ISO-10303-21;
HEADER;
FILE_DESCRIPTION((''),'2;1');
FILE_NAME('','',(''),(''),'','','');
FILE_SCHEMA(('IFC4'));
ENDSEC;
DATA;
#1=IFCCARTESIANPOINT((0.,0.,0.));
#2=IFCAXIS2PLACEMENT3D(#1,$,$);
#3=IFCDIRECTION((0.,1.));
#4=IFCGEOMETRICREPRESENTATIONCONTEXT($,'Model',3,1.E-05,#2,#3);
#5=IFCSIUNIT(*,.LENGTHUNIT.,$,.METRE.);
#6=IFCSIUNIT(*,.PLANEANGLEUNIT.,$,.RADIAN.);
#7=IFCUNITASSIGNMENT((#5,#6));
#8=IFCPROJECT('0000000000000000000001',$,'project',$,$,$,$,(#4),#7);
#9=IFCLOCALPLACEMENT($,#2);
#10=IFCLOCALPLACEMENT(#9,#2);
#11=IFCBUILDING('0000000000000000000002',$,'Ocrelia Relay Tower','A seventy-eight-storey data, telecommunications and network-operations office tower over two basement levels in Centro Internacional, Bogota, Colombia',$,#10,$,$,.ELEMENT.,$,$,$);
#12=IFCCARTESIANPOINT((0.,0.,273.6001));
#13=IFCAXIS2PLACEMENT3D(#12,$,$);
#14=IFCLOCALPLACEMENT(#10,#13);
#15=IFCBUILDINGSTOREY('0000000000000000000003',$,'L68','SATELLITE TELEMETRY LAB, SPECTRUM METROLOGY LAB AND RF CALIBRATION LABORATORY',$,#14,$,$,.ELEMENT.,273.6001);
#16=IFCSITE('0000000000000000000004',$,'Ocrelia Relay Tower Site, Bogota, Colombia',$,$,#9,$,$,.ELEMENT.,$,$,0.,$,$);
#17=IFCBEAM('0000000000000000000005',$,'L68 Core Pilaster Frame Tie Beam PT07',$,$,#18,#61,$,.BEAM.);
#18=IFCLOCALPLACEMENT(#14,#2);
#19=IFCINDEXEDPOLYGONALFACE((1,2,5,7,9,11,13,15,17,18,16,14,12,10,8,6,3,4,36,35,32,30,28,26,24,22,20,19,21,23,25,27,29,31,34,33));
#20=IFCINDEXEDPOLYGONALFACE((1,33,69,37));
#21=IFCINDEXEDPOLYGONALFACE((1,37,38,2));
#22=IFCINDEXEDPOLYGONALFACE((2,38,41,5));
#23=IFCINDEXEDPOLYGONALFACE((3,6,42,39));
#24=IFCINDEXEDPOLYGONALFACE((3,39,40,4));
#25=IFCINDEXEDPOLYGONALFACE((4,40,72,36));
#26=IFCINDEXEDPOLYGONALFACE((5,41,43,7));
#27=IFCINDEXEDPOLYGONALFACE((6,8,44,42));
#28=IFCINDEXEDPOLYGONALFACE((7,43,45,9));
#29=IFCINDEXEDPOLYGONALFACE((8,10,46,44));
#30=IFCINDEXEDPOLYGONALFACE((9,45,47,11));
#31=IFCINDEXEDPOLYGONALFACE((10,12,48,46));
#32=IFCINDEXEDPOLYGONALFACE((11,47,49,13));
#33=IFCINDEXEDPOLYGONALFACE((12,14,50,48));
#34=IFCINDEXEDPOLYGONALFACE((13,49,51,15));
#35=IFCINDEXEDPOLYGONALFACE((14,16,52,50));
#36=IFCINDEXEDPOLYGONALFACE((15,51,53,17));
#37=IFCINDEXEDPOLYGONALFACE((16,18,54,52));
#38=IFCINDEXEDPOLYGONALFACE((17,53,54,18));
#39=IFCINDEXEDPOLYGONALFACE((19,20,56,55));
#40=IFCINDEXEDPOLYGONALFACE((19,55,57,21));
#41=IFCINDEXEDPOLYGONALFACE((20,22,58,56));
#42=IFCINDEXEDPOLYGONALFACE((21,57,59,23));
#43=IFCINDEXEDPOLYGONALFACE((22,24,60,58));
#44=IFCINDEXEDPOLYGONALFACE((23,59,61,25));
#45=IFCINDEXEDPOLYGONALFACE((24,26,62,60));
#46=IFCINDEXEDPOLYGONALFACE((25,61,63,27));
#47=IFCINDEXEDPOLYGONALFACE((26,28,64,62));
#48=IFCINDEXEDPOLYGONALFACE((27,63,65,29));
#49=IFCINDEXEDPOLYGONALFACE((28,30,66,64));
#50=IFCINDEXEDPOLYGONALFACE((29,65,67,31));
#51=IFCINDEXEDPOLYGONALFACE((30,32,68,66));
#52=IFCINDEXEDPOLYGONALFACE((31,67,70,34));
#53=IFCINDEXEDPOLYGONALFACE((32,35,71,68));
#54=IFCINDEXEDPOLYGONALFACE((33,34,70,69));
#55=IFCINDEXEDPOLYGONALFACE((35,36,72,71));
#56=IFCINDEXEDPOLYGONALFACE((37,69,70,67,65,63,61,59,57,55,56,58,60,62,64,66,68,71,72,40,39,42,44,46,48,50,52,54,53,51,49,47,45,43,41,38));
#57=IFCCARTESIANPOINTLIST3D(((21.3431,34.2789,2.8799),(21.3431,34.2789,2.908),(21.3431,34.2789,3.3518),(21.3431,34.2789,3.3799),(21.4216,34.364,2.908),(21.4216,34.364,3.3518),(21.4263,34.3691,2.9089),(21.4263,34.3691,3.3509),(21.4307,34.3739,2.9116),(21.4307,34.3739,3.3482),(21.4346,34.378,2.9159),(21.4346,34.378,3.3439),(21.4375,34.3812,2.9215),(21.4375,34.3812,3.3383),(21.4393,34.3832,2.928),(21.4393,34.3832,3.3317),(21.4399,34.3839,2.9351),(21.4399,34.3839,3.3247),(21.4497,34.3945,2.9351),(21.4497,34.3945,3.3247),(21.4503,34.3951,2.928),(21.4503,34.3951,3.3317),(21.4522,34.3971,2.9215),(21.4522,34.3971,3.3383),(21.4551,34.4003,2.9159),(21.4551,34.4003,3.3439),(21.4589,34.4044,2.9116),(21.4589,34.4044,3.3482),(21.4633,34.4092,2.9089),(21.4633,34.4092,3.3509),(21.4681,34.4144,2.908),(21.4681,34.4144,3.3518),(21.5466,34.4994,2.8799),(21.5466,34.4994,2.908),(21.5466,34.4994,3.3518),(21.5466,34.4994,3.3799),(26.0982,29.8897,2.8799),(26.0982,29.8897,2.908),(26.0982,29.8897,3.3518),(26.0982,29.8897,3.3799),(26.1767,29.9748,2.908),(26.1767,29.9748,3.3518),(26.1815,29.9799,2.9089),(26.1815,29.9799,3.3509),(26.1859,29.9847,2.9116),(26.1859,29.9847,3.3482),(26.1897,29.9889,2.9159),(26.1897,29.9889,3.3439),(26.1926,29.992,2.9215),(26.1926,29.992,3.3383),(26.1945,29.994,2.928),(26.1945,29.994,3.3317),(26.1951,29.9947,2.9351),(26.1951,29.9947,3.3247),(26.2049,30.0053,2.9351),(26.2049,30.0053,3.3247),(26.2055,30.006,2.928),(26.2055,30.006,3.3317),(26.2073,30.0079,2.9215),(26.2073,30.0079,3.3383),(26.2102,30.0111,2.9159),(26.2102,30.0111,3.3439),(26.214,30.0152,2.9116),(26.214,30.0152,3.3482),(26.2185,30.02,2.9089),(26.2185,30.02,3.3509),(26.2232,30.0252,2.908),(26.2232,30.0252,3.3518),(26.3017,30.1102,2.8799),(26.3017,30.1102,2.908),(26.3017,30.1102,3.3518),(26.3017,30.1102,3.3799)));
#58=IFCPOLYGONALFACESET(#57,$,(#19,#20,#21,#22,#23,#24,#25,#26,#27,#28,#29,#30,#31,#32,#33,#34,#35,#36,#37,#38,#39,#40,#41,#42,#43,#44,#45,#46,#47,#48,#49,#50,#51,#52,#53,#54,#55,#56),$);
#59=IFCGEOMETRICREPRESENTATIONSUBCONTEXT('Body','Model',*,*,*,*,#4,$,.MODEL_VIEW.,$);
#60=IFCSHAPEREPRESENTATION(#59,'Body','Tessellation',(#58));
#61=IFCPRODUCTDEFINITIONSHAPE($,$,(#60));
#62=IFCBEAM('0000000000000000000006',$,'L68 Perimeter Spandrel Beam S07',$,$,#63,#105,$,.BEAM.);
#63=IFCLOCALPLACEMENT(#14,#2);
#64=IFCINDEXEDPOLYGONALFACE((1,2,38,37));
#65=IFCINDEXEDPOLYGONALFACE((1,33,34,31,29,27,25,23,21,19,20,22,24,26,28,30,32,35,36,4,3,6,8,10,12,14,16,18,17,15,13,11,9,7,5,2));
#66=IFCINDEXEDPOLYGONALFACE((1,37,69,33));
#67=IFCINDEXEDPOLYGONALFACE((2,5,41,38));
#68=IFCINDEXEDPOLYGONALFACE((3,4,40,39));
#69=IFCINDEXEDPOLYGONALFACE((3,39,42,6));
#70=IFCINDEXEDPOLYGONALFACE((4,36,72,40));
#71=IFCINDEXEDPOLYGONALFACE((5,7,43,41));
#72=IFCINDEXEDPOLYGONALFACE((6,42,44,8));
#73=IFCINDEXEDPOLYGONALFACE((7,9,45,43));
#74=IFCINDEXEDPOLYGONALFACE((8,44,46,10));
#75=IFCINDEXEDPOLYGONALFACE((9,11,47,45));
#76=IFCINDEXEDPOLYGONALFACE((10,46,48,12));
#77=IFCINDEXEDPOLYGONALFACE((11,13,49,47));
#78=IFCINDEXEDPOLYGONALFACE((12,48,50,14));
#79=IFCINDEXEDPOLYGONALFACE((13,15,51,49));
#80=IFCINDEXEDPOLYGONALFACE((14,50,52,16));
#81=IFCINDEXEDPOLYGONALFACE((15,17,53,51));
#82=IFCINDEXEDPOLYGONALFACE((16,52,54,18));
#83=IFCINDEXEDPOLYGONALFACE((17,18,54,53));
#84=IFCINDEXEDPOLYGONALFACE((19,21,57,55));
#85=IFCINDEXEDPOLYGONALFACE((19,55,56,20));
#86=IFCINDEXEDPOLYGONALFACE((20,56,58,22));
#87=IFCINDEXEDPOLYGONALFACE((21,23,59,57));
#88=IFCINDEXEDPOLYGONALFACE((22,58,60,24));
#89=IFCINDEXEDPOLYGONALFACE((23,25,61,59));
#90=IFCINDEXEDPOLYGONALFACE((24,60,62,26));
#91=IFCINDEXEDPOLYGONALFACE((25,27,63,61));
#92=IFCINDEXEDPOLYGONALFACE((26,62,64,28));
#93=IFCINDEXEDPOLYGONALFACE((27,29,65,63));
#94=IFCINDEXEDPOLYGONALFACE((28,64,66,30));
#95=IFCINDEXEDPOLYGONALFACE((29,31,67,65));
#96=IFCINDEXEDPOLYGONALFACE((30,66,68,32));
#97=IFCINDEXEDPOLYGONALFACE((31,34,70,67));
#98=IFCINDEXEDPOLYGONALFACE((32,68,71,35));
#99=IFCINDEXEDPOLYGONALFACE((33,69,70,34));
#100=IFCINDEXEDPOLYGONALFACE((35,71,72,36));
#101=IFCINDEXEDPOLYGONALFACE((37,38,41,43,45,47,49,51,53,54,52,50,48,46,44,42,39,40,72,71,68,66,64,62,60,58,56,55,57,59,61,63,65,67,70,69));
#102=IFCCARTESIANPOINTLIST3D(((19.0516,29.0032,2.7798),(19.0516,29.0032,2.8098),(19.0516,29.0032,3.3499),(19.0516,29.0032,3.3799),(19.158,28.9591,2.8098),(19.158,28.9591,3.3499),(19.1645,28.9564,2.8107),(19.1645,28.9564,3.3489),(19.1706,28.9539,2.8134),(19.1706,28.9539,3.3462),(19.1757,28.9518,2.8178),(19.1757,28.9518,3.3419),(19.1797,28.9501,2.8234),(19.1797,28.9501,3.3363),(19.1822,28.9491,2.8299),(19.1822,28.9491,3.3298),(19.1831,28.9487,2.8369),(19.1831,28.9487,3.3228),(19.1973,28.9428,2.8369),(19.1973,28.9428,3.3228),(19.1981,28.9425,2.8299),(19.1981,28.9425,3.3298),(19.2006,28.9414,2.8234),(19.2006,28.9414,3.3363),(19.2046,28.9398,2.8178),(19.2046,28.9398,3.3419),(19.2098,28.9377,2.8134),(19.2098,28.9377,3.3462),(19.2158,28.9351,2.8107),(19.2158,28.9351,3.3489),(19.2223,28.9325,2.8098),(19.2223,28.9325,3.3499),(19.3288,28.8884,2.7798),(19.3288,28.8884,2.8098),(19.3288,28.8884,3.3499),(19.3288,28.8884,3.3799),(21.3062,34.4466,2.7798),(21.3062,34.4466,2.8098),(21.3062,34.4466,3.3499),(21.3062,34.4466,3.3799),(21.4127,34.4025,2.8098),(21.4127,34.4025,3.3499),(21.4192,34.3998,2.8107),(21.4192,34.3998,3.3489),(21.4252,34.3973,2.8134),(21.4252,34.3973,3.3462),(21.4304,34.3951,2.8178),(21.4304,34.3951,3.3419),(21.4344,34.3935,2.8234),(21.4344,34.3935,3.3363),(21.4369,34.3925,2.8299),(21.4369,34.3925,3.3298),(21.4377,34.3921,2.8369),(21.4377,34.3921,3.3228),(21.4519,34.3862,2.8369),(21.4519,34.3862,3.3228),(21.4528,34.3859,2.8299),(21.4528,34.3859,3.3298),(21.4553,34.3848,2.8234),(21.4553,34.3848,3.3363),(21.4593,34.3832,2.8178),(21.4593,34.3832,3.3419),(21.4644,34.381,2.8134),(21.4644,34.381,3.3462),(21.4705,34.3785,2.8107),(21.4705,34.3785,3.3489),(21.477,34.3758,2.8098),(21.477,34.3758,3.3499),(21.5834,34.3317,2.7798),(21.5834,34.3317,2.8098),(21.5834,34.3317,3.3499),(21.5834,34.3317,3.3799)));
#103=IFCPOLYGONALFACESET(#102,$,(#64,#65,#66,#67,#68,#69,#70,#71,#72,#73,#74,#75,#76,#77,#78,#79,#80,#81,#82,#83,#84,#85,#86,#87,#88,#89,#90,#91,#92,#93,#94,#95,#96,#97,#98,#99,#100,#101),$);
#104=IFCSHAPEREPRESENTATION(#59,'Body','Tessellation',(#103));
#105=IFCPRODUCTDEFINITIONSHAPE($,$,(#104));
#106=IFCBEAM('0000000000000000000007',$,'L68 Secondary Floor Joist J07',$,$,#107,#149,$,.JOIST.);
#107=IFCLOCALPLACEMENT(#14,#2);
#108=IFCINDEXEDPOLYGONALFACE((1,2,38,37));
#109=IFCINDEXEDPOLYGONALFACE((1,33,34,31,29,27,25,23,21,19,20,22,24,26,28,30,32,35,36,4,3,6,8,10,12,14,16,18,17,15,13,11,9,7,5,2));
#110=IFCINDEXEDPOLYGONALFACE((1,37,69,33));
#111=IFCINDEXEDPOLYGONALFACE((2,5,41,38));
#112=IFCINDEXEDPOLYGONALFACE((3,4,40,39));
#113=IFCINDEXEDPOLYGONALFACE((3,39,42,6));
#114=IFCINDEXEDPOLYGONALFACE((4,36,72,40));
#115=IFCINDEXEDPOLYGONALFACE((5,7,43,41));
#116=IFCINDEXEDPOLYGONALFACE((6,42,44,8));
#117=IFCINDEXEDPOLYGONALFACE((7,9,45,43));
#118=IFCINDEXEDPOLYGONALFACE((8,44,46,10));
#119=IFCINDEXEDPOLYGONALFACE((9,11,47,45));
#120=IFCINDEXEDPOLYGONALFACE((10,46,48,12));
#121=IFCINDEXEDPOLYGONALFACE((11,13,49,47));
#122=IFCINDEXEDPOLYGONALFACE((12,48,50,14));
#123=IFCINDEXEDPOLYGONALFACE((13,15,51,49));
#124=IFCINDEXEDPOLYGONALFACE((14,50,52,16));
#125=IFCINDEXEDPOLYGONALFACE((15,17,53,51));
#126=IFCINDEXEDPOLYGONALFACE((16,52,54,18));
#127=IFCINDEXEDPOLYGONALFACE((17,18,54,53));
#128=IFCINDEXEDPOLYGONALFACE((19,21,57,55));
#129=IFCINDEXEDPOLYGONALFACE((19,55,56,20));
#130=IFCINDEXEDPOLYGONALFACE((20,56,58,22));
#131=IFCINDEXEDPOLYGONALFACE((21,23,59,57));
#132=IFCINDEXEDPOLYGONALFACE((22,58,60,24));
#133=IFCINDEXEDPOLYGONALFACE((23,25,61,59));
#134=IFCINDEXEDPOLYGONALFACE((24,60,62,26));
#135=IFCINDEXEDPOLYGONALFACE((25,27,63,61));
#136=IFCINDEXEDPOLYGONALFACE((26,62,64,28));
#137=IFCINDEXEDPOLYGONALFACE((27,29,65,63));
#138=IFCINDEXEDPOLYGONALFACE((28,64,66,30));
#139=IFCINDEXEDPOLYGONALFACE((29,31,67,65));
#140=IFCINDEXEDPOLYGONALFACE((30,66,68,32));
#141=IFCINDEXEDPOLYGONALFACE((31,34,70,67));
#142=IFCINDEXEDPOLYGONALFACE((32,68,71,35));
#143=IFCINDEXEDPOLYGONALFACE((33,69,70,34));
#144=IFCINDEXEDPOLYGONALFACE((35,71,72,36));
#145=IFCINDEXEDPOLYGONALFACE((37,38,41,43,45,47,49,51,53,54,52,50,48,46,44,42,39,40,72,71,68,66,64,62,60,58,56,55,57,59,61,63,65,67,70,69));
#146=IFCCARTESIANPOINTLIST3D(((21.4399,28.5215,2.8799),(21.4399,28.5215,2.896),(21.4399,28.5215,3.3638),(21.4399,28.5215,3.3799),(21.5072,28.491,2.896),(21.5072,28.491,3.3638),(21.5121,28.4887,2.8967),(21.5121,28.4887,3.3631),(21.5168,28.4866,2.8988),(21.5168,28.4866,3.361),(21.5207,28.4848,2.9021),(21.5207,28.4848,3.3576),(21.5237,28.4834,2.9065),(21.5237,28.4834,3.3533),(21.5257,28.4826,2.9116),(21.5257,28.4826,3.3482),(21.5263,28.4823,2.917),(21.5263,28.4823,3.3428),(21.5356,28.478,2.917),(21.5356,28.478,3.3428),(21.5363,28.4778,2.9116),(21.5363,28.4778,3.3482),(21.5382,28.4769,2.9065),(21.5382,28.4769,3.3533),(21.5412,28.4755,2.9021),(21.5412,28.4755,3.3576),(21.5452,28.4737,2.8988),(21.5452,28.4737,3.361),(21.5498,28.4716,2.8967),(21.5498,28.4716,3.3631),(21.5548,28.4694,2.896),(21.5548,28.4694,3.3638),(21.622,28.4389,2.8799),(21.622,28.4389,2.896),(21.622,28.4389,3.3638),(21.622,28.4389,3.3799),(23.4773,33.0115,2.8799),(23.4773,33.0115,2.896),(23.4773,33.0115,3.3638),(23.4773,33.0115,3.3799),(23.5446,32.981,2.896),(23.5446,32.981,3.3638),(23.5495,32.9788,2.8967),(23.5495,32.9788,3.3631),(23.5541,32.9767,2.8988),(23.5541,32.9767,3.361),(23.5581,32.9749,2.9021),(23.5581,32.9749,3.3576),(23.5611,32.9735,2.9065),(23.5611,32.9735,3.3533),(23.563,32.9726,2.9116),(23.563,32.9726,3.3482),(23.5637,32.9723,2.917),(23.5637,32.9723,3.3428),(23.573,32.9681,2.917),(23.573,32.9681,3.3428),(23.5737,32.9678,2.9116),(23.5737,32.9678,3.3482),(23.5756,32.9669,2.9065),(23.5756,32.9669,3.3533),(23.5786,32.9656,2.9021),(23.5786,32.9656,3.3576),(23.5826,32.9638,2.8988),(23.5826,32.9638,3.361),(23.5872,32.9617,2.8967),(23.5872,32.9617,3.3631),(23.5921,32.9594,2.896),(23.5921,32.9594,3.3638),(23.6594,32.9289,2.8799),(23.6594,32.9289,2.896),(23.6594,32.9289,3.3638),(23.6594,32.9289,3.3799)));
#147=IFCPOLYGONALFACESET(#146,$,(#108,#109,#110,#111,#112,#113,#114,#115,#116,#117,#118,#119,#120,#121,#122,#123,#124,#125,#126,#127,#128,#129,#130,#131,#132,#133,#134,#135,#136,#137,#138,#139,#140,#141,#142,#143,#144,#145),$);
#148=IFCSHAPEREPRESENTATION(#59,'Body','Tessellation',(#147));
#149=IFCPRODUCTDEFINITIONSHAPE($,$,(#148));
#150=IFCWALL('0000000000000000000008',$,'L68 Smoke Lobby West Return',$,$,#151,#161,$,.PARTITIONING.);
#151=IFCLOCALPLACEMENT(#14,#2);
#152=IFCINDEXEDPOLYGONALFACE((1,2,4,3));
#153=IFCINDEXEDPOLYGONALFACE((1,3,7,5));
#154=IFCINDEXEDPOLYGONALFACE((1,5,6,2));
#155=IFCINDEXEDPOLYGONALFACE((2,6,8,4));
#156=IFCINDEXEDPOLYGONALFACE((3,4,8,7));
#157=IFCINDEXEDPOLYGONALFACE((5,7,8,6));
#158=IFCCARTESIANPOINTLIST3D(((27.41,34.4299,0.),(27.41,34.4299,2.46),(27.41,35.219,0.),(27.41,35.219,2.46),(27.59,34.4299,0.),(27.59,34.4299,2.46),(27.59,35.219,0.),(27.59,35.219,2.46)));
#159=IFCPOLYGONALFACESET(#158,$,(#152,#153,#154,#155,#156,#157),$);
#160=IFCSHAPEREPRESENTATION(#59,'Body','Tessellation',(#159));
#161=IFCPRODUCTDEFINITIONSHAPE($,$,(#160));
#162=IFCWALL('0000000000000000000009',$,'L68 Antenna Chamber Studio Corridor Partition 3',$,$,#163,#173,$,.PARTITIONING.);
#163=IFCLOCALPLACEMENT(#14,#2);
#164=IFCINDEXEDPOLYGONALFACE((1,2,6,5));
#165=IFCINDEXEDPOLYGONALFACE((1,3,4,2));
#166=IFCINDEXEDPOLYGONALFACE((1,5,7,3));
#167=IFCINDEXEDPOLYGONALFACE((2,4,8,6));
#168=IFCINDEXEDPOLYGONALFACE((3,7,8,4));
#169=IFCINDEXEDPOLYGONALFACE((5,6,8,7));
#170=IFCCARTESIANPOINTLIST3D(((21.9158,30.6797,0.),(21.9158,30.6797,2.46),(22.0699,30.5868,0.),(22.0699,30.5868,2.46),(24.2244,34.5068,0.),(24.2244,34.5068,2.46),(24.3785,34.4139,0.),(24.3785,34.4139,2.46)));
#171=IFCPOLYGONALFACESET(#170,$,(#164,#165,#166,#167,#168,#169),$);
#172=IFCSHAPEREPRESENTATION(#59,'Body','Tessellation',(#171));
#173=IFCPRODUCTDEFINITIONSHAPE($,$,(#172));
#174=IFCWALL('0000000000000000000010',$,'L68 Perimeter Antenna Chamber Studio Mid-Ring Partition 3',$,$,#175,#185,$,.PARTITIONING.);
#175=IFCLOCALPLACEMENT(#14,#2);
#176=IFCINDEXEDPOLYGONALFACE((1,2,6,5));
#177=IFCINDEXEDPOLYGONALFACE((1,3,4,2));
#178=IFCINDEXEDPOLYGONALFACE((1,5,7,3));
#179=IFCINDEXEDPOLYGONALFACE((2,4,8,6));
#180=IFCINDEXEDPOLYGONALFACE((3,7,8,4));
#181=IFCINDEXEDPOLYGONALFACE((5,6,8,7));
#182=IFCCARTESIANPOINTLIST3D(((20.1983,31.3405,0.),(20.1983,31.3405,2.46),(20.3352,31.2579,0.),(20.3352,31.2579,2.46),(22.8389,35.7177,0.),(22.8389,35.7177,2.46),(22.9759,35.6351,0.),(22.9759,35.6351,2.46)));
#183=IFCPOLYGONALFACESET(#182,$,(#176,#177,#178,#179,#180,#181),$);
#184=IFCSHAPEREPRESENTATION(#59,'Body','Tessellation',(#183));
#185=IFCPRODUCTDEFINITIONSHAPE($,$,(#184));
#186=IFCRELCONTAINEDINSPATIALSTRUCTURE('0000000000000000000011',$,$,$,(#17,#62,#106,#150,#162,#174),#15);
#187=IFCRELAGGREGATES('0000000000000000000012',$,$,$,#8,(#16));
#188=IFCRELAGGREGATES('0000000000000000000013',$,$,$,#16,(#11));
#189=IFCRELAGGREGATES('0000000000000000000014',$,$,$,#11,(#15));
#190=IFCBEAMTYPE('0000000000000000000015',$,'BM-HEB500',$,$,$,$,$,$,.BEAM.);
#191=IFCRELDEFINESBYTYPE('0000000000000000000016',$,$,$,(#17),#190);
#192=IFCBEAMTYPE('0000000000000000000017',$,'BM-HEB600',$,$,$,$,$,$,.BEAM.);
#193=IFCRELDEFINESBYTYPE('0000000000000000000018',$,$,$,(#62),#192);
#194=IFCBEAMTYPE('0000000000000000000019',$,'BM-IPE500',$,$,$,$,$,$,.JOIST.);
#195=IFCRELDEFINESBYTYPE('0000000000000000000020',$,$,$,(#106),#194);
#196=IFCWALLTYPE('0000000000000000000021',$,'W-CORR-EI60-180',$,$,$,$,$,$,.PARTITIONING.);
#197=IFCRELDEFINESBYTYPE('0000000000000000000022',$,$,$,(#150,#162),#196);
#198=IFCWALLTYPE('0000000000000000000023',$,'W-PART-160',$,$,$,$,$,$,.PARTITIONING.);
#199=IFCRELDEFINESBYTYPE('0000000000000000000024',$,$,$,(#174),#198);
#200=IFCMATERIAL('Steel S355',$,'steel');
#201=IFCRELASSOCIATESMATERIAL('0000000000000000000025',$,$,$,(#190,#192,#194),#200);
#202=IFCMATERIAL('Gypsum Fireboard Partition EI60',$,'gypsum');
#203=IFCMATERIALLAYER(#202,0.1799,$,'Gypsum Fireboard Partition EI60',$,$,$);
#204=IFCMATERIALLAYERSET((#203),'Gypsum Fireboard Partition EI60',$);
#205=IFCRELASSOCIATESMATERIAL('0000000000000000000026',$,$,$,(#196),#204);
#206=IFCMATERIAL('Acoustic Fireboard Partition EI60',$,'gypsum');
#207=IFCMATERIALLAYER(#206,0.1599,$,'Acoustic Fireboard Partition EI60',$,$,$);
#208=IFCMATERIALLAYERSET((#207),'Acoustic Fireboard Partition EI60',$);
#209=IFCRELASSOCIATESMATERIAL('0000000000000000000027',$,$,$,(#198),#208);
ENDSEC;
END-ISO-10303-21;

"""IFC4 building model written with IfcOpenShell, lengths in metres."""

from ifc_helpers import new_model, si_unit, direction, frame, frame_2d, origin, origin_2d, place, context, subcontext, project, spatial, rectangle, i_section, extrude, material, layer, layer_set, material_profile, profile_set, type_object, element, save


model = new_model("IFC4")

# Units and contexts
model_context = context("Model", 3, precision=1e-05, world=origin(), true_north=direction((0.0, 1.0)))
body_context = subcontext(model_context, "Body", "Model", "MODEL_VIEW")
ifc_project = project(units=[si_unit("LENGTHUNIT", "METRE"), si_unit("PLANEANGLEUNIT", "RADIAN")], contexts=[model_context])

# Site, building, storey
site_placement = place(None, origin())
site = spatial("IfcSite", under=ifc_project, at=site_placement, Name="Ocrelia Relay Tower Site, Bogota, Colombia", CompositionType="ELEMENT", RefElevation=0.0)
building_placement = place(site_placement, origin())
building = spatial("IfcBuilding", under=site, at=building_placement, Name="Ocrelia Relay Tower", Description="A seventy-eight-storey data, telecommunications and network-operations office tower over two basement levels in Centro Internacional, Bogota, Colombia", CompositionType="ELEMENT")
storey_placement = place(building_placement, frame((0.0, 0.0, 273.6001)))
storey = spatial("IfcBuildingStorey", under=building, at=storey_placement, Name="L68", Description="SATELLITE TELEMETRY LAB, SPECTRUM METROLOGY LAB AND RF CALIBRATION LABORATORY", CompositionType="ELEMENT", Elevation=273.6001)

# Beams
ifc_material_1 = material(Name="Steel S355", Category="steel")
ifc_material_profile_1 = material_profile(ifc_material_1, i_section(OverallWidth=0.3, OverallDepth=0.5, WebThickness=0.0144, FlangeThickness=0.0281, FilletRadius=0.0271, at=origin_2d()), Name="HEB 500")
ifc_profile_set_1 = profile_set([ifc_material_profile_1], Name="Steel S355")
beam_type_1 = type_object("IfcBeamType", Name="BM-HEB500", PredefinedType="BEAM", material=ifc_profile_set_1)
beam_1_placement = place(storey_placement, frame((21.4448, 34.3892, 3.1299), z_axis=(0.734818, -0.678264, 0.0), x_axis=(0.678264, 0.734818, 0.0)))
element("IfcBeam", 1, at=beam_1_placement, inside=storey, type_object=beam_type_1, Name="L68 Core Pilaster Frame Tie Beam PT07", PredefinedType="BEAM", context=body_context, shape_type="SweptSolid", body=[
    extrude(i_section(OverallWidth=0.3, OverallDepth=0.5, WebThickness=0.0144, FlangeThickness=0.0281, FilletRadius=0.0271, at=origin_2d()), origin(), (0.0, 0.0, 1.0), 6.4712),
])
ifc_material_profile_2 = material_profile(ifc_material_1, i_section(OverallWidth=0.3, OverallDepth=0.6001, WebThickness=0.0154, FlangeThickness=0.03, FilletRadius=0.0271, at=origin_2d()), Name="HEB 600")
ifc_profile_set_2 = profile_set([ifc_material_profile_2], Name="Steel S355")
beam_type_2 = type_object("IfcBeamType", Name="BM-HEB600", PredefinedType="BEAM", material=ifc_profile_set_2)
beam_2_placement = place(storey_placement, frame((21.4448, 34.3892, 3.0798), z_axis=(-0.382673, -0.923884, 0.0), x_axis=(0.923884, -0.382673, 0.0)))
element("IfcBeam", 2, at=beam_2_placement, inside=storey, type_object=beam_type_2, Name="L68 Perimeter Spandrel Beam S07", PredefinedType="BEAM", context=body_context, shape_type="SweptSolid", body=[
    extrude(i_section(OverallWidth=0.3, OverallDepth=0.6001, WebThickness=0.0154, FlangeThickness=0.03, FilletRadius=0.0271, at=origin_2d()), origin(), (0.0, 0.0, 1.0), 5.8918),
])
ifc_material_profile_3 = material_profile(ifc_material_1, i_section(OverallWidth=0.2, OverallDepth=0.5, WebThickness=0.0103, FlangeThickness=0.0161, FilletRadius=0.021, at=origin_2d()), Name="IPE 500")
ifc_profile_set_3 = profile_set([ifc_material_profile_3], Name="Steel S355")
beam_type_3 = type_object("IfcBeamType", Name="BM-IPE500", PredefinedType="JOIST", material=ifc_profile_set_3)
beam_3_placement = place(storey_placement, frame((23.5684, 32.9702, 3.1299), z_axis=(-0.413206, -0.910638, 0.0), x_axis=(0.910638, -0.413206, 0.0)))
element("IfcBeam", 3, at=beam_3_placement, inside=storey, type_object=beam_type_3, Name="L68 Secondary Floor Joist J07", PredefinedType="JOIST", context=body_context, shape_type="SweptSolid", body=[
    extrude(i_section(OverallWidth=0.2, OverallDepth=0.5, WebThickness=0.0103, FlangeThickness=0.0161, FilletRadius=0.021, at=origin_2d()), origin(), (0.0, 0.0, 1.0), 4.9307),
])

# Wall
ifc_material_2 = material(Name="Gypsum Fireboard Partition EI60", Category="gypsum")
ifc_layer_1 = layer(ifc_material_2, 0.1799, Name="Gypsum Fireboard Partition EI60")
ifc_layer_set_1 = layer_set([ifc_layer_1], Name="Gypsum Fireboard Partition EI60")
wall_type_1 = type_object("IfcWallType", Name="W-CORR-EI60-180", PredefinedType="PARTITIONING", material=ifc_layer_set_1)
wall_1_placement = place(storey_placement, frame((27.5, 34.4299, 0.0), z_axis=(0.0, 0.0, 1.0), x_axis=(0.0, 1.0, 0.0)))
element("IfcWall", 4, at=wall_1_placement, inside=storey, type_object=wall_type_1, Name="L68 Smoke Lobby West Return", PredefinedType="PARTITIONING", context=body_context, shape_type="SweptSolid", body=[
    extrude(rectangle(XDim=0.7891, YDim=0.1799, at=frame_2d((0.3945, 0.0))), origin(), (0.0, 0.0, 1.0), 2.46),
])

# Wall
wall_2_placement = place(storey_placement, frame((24.3015, 34.4604, 0.0), z_axis=(0.0, 0.0, 1.0), x_axis=(-0.516519, -0.856276, 0.0)))
element("IfcWall", 5, at=wall_2_placement, inside=storey, type_object=wall_type_1, Name="L68 Antenna Chamber Studio Corridor Partition 3", PredefinedType="PARTITIONING", context=body_context, shape_type="SweptSolid", body=[
    extrude(rectangle(XDim=4.4695, YDim=0.1799, at=frame_2d((2.2349, 0.0))), origin(), (0.0, 0.0, 1.0), 2.46),
])

# Wall
ifc_material_3 = material(Name="Acoustic Fireboard Partition EI60", Category="gypsum")
ifc_layer_2 = layer(ifc_material_3, 0.1599, Name="Acoustic Fireboard Partition EI60")
ifc_layer_set_2 = layer_set([ifc_layer_2], Name="Acoustic Fireboard Partition EI60")
wall_type_2 = type_object("IfcWallType", Name="W-PART-160", PredefinedType="PARTITIONING", material=ifc_layer_set_2)
wall_3_placement = place(storey_placement, frame((22.9075, 35.6765, 0.0), z_axis=(0.0, 0.0, 1.0), x_axis=(-0.516552, -0.856256, 0.0)))
element("IfcWall", 6, at=wall_3_placement, inside=storey, type_object=wall_type_2, Name="L68 Perimeter Antenna Chamber Studio Mid-Ring Partition 3", PredefinedType="PARTITIONING", context=body_context, shape_type="SweptSolid", body=[
    extrude(rectangle(XDim=5.1121, YDim=0.1599, at=frame_2d((2.5562, 0.0))), origin(), (0.0, 0.0, 1.0), 2.46),
])

save(model, "model.ifc")
